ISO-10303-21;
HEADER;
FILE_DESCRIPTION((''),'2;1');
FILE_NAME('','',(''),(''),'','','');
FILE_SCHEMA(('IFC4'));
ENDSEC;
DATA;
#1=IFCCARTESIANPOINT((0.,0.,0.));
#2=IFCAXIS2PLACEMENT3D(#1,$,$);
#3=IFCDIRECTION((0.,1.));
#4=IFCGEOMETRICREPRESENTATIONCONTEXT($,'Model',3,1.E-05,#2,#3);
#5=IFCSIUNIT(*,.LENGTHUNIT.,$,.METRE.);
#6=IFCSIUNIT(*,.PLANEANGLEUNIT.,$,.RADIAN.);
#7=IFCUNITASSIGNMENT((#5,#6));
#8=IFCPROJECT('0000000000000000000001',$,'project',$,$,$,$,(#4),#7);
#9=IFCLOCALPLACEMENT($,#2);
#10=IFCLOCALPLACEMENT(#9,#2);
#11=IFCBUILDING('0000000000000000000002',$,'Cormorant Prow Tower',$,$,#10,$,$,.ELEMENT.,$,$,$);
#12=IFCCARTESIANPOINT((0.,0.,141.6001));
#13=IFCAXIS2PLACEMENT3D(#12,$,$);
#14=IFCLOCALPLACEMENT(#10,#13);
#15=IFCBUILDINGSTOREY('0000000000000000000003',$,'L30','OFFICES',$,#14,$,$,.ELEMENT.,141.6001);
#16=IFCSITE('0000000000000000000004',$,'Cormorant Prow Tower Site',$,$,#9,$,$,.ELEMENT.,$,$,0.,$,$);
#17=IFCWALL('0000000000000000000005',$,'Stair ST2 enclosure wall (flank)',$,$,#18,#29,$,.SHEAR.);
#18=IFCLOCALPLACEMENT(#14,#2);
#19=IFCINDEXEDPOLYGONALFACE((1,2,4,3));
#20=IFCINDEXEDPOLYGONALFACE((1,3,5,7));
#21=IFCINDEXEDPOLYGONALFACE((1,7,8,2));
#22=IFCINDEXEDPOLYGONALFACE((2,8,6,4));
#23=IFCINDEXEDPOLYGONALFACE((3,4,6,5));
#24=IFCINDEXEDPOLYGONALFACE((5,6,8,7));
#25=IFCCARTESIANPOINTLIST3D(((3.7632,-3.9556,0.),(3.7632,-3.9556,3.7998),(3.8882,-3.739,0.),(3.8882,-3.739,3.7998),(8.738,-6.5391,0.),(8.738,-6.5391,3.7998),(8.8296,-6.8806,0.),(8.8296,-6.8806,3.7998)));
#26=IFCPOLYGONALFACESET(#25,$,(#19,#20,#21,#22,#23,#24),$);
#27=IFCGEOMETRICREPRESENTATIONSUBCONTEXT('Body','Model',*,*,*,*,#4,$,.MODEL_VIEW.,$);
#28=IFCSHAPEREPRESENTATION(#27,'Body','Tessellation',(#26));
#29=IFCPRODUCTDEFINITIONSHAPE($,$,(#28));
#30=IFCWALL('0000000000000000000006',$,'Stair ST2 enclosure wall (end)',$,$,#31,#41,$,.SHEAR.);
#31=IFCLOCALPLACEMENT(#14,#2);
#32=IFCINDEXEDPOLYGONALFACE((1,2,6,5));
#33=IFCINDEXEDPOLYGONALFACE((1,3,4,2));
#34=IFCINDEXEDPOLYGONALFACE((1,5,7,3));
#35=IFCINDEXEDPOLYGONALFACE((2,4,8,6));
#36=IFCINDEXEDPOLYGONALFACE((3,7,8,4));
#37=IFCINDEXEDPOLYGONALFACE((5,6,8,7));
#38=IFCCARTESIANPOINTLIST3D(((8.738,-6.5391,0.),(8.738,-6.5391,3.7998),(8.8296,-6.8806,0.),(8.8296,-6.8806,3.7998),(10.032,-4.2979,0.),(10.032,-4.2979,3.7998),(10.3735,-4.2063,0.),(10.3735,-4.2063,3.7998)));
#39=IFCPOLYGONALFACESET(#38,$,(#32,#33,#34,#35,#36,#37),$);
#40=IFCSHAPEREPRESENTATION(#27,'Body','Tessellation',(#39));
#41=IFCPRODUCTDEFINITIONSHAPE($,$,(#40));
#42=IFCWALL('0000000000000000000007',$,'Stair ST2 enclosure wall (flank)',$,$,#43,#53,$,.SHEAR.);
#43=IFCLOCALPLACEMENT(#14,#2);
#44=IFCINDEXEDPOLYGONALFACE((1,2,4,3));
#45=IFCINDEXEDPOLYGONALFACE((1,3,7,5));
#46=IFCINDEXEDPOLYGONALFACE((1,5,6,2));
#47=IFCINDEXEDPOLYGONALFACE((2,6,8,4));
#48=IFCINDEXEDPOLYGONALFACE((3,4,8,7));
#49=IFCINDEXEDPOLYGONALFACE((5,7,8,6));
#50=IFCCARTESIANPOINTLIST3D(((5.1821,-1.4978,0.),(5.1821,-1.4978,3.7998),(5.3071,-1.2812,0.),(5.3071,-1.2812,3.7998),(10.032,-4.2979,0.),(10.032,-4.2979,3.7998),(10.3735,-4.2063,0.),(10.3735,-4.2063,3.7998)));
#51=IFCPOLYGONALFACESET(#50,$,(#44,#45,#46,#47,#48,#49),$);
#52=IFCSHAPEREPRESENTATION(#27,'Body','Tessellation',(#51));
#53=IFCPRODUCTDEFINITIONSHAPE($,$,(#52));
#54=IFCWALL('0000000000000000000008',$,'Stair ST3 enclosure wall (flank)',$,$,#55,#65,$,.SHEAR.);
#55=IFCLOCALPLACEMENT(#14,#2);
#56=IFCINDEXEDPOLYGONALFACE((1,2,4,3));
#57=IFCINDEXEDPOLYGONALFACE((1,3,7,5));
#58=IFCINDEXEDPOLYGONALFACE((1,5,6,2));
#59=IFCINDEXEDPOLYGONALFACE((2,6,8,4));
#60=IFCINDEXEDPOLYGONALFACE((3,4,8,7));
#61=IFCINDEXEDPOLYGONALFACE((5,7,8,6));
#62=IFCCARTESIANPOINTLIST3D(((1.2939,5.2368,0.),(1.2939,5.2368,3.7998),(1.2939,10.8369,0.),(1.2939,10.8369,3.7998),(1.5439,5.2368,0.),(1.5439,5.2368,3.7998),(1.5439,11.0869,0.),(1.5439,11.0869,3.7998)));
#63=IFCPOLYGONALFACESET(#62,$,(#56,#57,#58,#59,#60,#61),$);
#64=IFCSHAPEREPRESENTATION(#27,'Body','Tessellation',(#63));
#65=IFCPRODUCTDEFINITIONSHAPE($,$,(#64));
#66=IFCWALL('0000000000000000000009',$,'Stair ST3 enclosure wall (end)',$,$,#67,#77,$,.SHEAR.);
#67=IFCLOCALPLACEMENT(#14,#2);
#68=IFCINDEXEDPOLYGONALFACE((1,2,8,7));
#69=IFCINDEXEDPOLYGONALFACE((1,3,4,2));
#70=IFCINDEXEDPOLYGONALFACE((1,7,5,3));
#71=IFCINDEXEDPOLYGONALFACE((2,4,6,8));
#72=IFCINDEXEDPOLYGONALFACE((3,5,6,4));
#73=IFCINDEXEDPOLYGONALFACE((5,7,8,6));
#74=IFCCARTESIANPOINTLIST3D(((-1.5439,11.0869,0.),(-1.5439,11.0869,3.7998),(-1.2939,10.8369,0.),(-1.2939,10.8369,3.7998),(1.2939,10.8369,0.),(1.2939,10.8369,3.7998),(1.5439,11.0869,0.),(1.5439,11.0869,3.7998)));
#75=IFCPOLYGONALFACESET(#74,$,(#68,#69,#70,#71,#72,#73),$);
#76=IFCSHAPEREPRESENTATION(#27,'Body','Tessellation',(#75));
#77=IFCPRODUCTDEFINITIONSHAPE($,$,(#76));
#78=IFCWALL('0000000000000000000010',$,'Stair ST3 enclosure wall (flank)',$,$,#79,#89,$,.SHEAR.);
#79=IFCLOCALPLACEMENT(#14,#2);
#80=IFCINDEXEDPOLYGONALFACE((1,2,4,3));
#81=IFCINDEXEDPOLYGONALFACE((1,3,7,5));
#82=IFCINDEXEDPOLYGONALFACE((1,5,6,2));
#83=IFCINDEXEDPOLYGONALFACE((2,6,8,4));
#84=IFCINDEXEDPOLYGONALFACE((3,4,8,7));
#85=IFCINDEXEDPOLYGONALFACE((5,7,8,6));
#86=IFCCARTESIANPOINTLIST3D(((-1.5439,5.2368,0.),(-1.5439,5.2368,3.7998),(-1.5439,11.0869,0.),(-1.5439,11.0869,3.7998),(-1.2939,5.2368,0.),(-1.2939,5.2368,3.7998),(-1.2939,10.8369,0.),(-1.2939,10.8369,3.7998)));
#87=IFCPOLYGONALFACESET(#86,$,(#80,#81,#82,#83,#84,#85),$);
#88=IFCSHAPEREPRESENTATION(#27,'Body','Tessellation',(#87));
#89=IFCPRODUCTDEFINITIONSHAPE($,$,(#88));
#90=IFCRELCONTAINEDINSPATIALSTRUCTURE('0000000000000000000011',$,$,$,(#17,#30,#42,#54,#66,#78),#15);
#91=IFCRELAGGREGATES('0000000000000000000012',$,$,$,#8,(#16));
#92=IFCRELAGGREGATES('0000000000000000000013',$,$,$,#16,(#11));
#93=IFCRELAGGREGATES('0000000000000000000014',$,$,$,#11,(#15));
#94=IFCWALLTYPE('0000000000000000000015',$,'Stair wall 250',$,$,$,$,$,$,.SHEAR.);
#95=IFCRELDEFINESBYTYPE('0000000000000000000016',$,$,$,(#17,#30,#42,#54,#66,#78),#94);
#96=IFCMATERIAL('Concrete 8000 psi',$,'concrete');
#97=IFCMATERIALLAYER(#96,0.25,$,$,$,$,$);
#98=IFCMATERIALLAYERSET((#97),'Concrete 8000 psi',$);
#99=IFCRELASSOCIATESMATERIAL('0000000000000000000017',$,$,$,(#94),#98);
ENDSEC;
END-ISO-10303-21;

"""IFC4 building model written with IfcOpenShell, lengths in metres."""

from ifc_helpers import new_model, si_unit, direction, frame, origin, place, context, subcontext, project, spatial, polyline, outline, extrude, material, layer, layer_set, type_object, element, save


model = new_model("IFC4")

# Units and contexts
model_context = context("Model", 3, precision=1e-05, world=origin(), true_north=direction((0.0, 1.0)))
body_context = subcontext(model_context, "Body", "Model", "MODEL_VIEW")
ifc_project = project(units=[si_unit("LENGTHUNIT", "METRE"), si_unit("PLANEANGLEUNIT", "RADIAN")], contexts=[model_context])

# Site, building, storey
site_placement = place(None, origin())
site = spatial("IfcSite", under=ifc_project, at=site_placement, Name="Cormorant Prow Tower Site", CompositionType="ELEMENT", RefElevation=0.0)
building_placement = place(site_placement, origin())
building = spatial("IfcBuilding", under=site, at=building_placement, Name="Cormorant Prow Tower", CompositionType="ELEMENT")
storey_placement = place(building_placement, frame((0.0, 0.0, 141.6001)))
storey = spatial("IfcBuildingStorey", under=building, at=storey_placement, Name="L30", Description="OFFICES", CompositionType="ELEMENT", Elevation=141.6001)

# Walls
ifc_material_1 = material(Name="Concrete 8000 psi", Category="concrete")
ifc_layer_1 = layer(ifc_material_1, 0.25)
ifc_layer_set_1 = layer_set([ifc_layer_1], Name="Concrete 8000 psi")
wall_type_1 = type_object("IfcWallType", Name="Stair wall 250", PredefinedType="SHEAR", material=ifc_layer_set_1)
wall_1_placement = place(storey_placement, origin())
element("IfcWall", 1, at=wall_1_placement, inside=storey, type_object=wall_type_1, Name="Stair ST2 enclosure wall (flank)", PredefinedType="SHEAR", context=body_context, shape_type="SweptSolid", body=[
    extrude(outline(polyline([(3.7632, -3.9556), (8.8296, -6.8806), (8.738, -6.5391), (3.8882, -3.739), (3.7632, -3.9556)])), origin(), (0.0, 0.0, 1.0), 3.7998),
])
wall_2_placement = place(storey_placement, origin())
element("IfcWall", 2, at=wall_2_placement, inside=storey, type_object=wall_type_1, Name="Stair ST2 enclosure wall (end)", PredefinedType="SHEAR", context=body_context, shape_type="SweptSolid", body=[
    extrude(outline(polyline([(8.8296, -6.8806), (10.3735, -4.2063), (10.032, -4.2979), (8.738, -6.5391), (8.8296, -6.8806)])), origin(), (0.0, 0.0, 1.0), 3.7998),
])
wall_3_placement = place(storey_placement, origin())
element("IfcWall", 3, at=wall_3_placement, inside=storey, type_object=wall_type_1, Name="Stair ST2 enclosure wall (flank)", PredefinedType="SHEAR", context=body_context, shape_type="SweptSolid", body=[
    extrude(outline(polyline([(10.032, -4.2979), (10.3735, -4.2063), (5.3071, -1.2812), (5.1821, -1.4978), (10.032, -4.2979)])), origin(), (0.0, 0.0, 1.0), 3.7998),
])
wall_4_placement = place(storey_placement, origin())
element("IfcWall", 4, at=wall_4_placement, inside=storey, type_object=wall_type_1, Name="Stair ST3 enclosure wall (flank)", PredefinedType="SHEAR", context=body_context, shape_type="SweptSolid", body=[
    extrude(outline(polyline([(1.5439, 5.2368), (1.5439, 11.0869), (1.2939, 10.8369), (1.2939, 5.2368), (1.5439, 5.2368)])), origin(), (0.0, 0.0, 1.0), 3.7998),
])
wall_5_placement = place(storey_placement, origin())
element("IfcWall", 5, at=wall_5_placement, inside=storey, type_object=wall_type_1, Name="Stair ST3 enclosure wall (end)", PredefinedType="SHEAR", context=body_context, shape_type="SweptSolid", body=[
    extrude(outline(polyline([(1.5439, 11.0869), (-1.5439, 11.0869), (-1.2939, 10.8369), (1.2939, 10.8369), (1.5439, 11.0869)])), origin(), (0.0, 0.0, 1.0), 3.7998),
])
wall_6_placement = place(storey_placement, origin())
element("IfcWall", 6, at=wall_6_placement, inside=storey, type_object=wall_type_1, Name="Stair ST3 enclosure wall (flank)", PredefinedType="SHEAR", context=body_context, shape_type="SweptSolid", body=[
    extrude(outline(polyline([(-1.2939, 10.8369), (-1.5439, 11.0869), (-1.5439, 5.2368), (-1.2939, 5.2368), (-1.2939, 10.8369)])), origin(), (0.0, 0.0, 1.0), 3.7998),
])

save(model, "model.ifc")
